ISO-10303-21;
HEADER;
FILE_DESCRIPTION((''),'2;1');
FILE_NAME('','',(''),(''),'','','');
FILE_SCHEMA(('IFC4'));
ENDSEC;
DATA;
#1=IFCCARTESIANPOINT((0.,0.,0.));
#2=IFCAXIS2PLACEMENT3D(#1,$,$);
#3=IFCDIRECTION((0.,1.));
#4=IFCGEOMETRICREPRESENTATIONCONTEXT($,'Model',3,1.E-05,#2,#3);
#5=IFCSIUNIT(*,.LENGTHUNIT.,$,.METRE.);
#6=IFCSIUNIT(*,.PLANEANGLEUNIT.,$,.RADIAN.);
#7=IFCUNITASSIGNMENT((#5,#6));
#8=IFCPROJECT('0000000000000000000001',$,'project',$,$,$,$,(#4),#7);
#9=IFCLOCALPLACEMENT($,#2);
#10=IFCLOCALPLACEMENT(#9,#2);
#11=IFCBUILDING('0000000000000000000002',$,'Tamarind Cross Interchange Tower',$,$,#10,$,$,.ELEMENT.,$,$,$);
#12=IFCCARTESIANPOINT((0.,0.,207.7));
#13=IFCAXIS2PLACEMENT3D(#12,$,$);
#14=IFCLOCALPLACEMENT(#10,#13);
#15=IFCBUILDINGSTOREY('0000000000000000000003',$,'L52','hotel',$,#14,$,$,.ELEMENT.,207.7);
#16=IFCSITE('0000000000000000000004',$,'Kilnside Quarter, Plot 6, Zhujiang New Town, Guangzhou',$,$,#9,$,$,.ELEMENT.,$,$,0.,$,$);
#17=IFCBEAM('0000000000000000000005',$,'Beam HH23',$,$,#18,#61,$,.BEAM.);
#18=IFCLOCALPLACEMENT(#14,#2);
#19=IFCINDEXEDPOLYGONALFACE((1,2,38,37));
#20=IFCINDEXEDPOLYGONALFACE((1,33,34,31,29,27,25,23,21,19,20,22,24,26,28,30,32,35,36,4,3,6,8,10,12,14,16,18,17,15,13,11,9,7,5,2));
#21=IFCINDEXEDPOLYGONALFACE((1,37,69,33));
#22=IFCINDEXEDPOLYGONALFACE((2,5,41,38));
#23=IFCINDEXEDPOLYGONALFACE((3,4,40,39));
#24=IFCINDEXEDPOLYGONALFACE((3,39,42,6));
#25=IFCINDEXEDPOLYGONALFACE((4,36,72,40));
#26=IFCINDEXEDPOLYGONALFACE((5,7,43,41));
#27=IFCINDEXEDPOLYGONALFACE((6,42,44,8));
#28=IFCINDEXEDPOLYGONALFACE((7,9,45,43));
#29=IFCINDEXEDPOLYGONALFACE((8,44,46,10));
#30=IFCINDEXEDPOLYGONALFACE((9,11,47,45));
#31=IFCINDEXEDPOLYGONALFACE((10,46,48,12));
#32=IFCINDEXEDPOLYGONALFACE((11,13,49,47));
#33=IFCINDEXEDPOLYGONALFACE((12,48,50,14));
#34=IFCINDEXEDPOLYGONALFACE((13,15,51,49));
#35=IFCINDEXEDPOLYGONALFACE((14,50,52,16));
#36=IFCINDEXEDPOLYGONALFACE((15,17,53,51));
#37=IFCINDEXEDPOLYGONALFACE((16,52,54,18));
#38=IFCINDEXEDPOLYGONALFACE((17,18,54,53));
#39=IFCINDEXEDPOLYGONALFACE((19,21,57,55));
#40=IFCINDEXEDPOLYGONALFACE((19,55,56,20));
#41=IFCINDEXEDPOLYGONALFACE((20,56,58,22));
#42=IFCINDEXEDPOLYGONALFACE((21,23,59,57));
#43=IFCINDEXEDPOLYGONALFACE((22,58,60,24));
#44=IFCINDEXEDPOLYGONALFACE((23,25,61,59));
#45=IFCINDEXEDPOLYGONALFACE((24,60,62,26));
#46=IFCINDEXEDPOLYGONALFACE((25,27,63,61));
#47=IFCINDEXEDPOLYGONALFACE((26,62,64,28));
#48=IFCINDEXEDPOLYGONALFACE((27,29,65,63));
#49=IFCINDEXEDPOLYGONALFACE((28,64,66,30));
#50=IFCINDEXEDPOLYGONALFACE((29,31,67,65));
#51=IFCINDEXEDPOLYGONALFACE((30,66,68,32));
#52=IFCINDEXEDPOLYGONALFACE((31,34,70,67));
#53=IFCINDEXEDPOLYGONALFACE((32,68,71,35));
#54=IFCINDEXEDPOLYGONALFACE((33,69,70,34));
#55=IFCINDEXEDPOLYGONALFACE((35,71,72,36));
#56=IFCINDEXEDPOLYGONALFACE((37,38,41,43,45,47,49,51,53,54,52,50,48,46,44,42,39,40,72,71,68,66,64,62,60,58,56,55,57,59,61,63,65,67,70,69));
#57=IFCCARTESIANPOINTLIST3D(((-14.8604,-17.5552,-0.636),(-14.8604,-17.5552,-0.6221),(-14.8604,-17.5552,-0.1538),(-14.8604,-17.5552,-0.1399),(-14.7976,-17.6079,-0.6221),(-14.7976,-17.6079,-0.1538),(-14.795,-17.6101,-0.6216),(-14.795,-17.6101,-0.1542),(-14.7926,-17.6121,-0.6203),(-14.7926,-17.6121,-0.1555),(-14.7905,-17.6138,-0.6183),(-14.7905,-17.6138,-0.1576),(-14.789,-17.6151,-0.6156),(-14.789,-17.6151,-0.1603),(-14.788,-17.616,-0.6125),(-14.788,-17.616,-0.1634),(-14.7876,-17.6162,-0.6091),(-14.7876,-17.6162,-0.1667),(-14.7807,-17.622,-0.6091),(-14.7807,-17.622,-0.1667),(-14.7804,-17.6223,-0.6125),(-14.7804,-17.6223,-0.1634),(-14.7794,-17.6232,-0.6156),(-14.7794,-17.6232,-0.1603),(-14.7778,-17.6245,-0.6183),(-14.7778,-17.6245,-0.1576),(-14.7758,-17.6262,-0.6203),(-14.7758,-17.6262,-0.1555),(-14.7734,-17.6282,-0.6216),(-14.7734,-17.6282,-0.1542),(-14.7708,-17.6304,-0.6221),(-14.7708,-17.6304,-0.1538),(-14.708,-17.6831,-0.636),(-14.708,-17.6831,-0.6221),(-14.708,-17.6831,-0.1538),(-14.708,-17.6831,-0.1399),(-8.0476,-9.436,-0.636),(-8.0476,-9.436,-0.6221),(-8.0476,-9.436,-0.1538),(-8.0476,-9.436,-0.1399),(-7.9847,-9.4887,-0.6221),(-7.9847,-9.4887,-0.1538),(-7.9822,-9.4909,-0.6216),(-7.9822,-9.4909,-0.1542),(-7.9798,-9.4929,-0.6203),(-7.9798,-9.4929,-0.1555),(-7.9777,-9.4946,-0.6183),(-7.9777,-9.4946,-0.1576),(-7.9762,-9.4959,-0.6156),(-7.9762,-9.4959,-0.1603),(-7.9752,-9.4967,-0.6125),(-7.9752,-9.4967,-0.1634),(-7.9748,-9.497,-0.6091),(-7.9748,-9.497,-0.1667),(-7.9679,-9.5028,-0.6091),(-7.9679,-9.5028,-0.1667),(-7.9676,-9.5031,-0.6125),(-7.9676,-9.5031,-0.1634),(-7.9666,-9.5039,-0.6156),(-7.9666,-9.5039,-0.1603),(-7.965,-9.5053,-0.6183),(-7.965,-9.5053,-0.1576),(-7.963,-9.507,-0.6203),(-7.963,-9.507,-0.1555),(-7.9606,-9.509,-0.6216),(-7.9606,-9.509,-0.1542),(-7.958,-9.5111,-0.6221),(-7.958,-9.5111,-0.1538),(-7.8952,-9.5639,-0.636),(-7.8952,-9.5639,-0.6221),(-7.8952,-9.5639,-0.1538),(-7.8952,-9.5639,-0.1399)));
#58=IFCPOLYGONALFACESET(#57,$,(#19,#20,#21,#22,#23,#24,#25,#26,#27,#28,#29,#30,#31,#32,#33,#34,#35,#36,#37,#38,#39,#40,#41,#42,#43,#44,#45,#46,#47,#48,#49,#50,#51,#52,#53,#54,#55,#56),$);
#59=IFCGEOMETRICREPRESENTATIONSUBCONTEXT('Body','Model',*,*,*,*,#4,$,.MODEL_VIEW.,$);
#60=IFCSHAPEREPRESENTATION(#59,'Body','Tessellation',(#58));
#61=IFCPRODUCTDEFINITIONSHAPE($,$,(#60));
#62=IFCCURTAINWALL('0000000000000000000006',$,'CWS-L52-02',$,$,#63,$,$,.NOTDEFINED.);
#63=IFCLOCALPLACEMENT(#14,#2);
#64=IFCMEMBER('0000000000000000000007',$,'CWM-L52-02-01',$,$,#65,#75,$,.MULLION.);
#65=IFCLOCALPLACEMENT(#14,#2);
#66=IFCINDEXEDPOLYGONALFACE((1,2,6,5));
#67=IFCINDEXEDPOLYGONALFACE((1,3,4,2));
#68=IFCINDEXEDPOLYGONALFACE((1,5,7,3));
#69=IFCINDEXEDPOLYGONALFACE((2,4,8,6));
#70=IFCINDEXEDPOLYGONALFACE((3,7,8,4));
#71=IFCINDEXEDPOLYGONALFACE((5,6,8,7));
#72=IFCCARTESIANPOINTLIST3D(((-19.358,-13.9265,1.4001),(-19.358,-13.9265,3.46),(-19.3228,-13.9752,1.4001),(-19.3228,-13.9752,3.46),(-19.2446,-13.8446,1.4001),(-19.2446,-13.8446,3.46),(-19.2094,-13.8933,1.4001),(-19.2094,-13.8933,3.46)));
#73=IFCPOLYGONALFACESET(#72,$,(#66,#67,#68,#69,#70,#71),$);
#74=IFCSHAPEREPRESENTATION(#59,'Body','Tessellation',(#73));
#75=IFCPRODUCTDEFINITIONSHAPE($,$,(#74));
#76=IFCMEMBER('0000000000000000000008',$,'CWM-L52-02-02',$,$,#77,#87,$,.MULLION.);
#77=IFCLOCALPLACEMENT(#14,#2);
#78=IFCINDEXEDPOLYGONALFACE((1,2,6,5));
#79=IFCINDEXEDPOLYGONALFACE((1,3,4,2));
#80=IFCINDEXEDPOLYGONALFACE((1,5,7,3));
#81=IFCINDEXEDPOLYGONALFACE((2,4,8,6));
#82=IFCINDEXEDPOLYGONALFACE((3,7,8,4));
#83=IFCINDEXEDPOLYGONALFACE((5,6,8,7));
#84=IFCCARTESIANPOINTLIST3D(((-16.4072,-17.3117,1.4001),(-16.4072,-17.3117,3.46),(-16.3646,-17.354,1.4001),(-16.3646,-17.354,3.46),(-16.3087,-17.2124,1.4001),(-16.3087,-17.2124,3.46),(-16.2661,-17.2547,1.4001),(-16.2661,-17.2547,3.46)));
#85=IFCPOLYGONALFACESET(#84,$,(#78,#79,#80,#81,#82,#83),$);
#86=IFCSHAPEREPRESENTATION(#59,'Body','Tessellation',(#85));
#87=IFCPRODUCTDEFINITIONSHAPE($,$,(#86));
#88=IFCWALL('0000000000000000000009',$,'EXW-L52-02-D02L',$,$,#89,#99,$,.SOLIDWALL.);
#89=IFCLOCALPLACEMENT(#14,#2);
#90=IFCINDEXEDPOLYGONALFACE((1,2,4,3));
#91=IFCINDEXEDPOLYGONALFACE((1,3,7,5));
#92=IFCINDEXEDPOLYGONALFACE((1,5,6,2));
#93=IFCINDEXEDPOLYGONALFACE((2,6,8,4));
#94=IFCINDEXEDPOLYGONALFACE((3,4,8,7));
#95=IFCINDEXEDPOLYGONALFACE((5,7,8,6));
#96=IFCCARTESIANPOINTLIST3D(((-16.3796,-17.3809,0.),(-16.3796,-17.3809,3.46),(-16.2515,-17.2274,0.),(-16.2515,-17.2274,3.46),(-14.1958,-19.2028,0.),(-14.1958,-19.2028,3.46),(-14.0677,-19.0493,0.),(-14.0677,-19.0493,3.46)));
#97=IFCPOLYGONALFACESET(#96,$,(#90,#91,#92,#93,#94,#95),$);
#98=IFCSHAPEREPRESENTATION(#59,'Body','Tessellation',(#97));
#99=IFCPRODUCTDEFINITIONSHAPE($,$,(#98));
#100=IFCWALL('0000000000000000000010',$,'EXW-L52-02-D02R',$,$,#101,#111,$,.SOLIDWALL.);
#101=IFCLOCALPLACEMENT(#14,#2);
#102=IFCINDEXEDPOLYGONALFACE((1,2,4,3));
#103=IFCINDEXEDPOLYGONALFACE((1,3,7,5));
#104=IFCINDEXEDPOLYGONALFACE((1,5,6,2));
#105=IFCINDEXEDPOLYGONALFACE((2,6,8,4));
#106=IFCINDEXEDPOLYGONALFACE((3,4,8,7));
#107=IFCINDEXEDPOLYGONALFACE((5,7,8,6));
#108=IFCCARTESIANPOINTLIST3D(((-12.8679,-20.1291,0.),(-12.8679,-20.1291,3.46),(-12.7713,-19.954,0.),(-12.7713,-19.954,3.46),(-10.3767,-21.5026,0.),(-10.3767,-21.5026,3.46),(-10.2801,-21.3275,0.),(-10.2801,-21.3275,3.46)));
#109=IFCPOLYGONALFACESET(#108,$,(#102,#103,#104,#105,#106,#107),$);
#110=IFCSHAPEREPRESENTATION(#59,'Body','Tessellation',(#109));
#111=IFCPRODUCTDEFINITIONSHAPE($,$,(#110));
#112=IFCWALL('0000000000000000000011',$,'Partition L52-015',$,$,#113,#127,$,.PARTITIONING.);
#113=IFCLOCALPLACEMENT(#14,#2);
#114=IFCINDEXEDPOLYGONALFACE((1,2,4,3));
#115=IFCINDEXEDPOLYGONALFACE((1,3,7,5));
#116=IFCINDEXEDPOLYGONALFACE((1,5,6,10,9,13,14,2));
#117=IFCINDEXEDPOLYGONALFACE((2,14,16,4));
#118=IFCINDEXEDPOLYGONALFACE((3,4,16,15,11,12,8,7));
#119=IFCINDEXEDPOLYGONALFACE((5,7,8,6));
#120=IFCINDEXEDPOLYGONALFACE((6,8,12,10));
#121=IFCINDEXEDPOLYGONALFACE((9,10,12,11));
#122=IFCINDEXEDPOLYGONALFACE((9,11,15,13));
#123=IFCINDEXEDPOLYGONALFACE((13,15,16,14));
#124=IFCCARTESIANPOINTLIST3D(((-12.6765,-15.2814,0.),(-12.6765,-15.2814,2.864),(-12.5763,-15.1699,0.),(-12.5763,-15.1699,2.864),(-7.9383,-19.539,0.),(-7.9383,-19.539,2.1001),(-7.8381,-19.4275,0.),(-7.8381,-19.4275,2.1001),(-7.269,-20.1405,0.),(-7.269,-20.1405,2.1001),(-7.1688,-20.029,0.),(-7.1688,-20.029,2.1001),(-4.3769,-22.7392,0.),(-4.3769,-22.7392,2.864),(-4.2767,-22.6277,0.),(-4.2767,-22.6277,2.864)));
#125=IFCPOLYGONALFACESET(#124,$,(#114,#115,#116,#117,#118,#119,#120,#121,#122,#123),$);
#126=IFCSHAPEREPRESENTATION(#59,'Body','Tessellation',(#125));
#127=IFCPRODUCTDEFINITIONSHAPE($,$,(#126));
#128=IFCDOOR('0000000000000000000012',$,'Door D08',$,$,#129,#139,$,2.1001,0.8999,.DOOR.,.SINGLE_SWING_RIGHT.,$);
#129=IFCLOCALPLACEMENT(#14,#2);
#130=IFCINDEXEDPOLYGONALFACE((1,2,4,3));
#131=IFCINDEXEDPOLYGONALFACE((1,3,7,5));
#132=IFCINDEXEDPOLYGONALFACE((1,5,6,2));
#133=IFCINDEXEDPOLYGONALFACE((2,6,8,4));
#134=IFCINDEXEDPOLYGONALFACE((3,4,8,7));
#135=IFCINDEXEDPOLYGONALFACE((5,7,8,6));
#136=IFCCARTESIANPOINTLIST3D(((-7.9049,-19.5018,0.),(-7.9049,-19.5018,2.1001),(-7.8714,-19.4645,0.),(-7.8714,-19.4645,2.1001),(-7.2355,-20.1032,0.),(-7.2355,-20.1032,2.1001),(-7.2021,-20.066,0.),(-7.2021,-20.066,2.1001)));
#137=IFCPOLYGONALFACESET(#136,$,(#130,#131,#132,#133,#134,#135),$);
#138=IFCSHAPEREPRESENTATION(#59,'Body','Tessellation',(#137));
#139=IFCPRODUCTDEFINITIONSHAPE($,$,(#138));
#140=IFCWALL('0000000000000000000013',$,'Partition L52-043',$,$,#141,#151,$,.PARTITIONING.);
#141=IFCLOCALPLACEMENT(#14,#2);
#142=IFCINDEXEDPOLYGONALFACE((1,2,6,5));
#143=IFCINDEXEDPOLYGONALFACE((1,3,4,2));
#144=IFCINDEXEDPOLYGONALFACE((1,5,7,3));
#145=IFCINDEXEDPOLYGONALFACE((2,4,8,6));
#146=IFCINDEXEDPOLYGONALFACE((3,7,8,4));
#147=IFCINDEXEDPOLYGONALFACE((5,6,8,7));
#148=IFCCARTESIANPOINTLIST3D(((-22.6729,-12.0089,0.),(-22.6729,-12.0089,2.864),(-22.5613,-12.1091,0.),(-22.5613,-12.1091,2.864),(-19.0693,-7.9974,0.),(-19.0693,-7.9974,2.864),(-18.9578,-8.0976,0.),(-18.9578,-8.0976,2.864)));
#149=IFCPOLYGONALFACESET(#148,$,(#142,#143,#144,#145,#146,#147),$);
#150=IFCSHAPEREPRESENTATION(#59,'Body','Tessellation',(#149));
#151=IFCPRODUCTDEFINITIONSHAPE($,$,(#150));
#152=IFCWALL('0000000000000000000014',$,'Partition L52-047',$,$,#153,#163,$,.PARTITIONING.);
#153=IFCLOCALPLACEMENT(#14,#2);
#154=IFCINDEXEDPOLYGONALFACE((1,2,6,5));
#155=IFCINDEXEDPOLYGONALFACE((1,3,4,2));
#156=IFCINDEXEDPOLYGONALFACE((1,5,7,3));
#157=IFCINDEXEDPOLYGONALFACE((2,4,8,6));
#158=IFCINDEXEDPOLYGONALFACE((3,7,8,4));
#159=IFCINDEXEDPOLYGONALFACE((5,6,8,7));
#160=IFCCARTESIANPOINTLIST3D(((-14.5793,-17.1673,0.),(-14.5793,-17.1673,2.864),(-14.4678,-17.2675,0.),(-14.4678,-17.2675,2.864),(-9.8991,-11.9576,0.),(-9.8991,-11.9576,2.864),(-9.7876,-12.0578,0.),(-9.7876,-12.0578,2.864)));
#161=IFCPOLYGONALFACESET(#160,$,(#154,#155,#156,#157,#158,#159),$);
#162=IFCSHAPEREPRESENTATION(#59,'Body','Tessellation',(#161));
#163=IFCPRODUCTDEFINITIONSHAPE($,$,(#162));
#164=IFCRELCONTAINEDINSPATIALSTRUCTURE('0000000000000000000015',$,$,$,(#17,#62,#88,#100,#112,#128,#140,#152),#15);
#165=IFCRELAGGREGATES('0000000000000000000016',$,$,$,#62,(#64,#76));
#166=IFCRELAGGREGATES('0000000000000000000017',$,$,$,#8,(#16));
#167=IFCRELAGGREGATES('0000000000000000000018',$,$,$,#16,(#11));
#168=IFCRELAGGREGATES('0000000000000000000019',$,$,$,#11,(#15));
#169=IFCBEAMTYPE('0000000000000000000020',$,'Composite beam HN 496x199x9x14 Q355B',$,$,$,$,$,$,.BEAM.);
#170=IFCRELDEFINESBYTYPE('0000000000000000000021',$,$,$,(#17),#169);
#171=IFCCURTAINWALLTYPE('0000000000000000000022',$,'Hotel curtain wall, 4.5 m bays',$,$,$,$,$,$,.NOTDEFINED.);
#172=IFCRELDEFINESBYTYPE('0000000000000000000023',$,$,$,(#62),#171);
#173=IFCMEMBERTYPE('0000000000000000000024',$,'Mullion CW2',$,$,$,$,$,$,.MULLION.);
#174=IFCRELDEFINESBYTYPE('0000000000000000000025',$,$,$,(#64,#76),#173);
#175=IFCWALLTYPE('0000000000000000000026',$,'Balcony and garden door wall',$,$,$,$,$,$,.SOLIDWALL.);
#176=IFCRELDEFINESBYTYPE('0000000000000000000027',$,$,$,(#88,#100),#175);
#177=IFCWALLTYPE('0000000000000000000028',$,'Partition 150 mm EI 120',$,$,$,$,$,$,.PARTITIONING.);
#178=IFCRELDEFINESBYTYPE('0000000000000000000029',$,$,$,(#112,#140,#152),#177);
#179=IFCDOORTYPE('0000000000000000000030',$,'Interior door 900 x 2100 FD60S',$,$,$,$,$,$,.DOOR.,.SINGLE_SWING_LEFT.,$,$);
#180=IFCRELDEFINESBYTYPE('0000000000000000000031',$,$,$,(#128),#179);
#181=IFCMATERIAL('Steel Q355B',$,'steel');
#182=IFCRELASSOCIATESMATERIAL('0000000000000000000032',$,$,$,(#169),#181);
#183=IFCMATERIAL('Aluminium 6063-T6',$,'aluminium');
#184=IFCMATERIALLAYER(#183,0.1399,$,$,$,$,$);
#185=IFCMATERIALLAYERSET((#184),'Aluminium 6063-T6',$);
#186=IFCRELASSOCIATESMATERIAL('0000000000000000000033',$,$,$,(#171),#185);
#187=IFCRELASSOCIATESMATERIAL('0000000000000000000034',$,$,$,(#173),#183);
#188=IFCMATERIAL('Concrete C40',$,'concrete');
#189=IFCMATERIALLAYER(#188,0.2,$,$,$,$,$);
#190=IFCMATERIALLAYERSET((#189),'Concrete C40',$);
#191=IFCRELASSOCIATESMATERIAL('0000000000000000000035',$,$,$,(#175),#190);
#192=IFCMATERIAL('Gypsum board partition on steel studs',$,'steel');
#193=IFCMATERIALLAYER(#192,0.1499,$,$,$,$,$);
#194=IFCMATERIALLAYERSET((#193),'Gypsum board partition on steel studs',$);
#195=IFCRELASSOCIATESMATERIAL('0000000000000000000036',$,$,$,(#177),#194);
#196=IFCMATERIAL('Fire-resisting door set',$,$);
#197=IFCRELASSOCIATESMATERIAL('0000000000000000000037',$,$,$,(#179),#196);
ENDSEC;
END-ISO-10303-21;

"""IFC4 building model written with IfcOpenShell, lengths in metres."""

from ifc_helpers import new_model, si_unit, direction, frame, frame_2d, origin, origin_2d, place, context, subcontext, project, spatial, rectangle, i_section, extrude, material, layer, layer_set, material_profile, profile_set, type_object, element, fill, aggregate, save


model = new_model("IFC4")

# Units and contexts
model_context = context("Model", 3, precision=1e-05, world=origin(), true_north=direction((0.0, 1.0)))
body_context = subcontext(model_context, "Body", "Model", "MODEL_VIEW")
ifc_project = project(units=[si_unit("LENGTHUNIT", "METRE"), si_unit("PLANEANGLEUNIT", "RADIAN")], contexts=[model_context])

# Site, building, storey
site_placement = place(None, origin())
site = spatial("IfcSite", under=ifc_project, at=site_placement, Name="Kilnside Quarter, Plot 6, Zhujiang New Town, Guangzhou", CompositionType="ELEMENT", RefElevation=0.0)
building_placement = place(site_placement, origin())
building = spatial("IfcBuilding", under=site, at=building_placement, Name="Tamarind Cross Interchange Tower", CompositionType="ELEMENT")
storey_placement = place(building_placement, frame((0.0, 0.0, 207.7)))
storey = spatial("IfcBuildingStorey", under=building, at=storey_placement, Name="L52", Description="hotel", CompositionType="ELEMENT", Elevation=207.7)

# Beam
ifc_material_1 = material(Name="Steel Q355B", Category="steel")
ifc_material_profile_1 = material_profile(ifc_material_1, i_section(OverallWidth=0.199, OverallDepth=0.4961, WebThickness=0.009, FlangeThickness=0.0139, FilletRadius=0.0129, at=origin_2d()), Name="HN 496x199x9x14")
ifc_profile_set_1 = profile_set([ifc_material_profile_1], Name="Steel Q355B")
beam_type = type_object("IfcBeamType", Name="Composite beam HN 496x199x9x14 Q355B", PredefinedType="BEAM", material=ifc_profile_set_1)
beam_1_placement = place(storey_placement, frame((-14.7842, -17.6191, -0.3879), z_axis=(0.642786, 0.766046, 0.0), x_axis=(-0.766046, 0.642786, 0.0)))
element("IfcBeam", 1, at=beam_1_placement, inside=storey, type_object=beam_type, Name="Beam HH23", PredefinedType="BEAM", context=body_context, shape_type="SweptSolid", body=[
    extrude(i_section(OverallWidth=0.199, OverallDepth=0.4961, WebThickness=0.009, FlangeThickness=0.0139, FilletRadius=0.0129, at=origin_2d()), origin(), (0.0, 0.0, 1.0), 10.5989),
])

# Curtain wall, members
ifc_material_2 = material(Name="Aluminium 6063-T6", Category="aluminium")
ifc_layer_1 = layer(ifc_material_2, 0.1399)
ifc_layer_set_1 = layer_set([ifc_layer_1], Name="Aluminium 6063-T6")
curtain_wall_type = type_object("IfcCurtainWallType", Name="Hotel curtain wall, 4.5 m bays", PredefinedType="NOTDEFINED", material=ifc_layer_set_1)
curtain_wall_placement = place(storey_placement, origin())
curtain_wall = element("IfcCurtainWall", 2, at=curtain_wall_placement, inside=storey, type_object=curtain_wall_type, Name="CWS-L52-02", PredefinedType="NOTDEFINED")
ifc_material_profile_2 = material_profile(ifc_material_2, rectangle(XDim=0.0601, YDim=0.1399, at=origin_2d()), Name="Mullion CW2")
ifc_profile_set_2 = profile_set([ifc_material_profile_2], Name="Aluminium 6063-T6")
member_type = type_object("IfcMemberType", Name="Mullion CW2", PredefinedType="MULLION", material=ifc_profile_set_2)
member_1_placement = place(storey_placement, frame((-19.2837, -13.9099, 1.4001), z_axis=(0.0, 0.0, 1.0), x_axis=(0.585801, -0.810455, 0.0)))
member_1 = element("IfcMember", 3, at=member_1_placement, type_object=member_type, Name="CWM-L52-02-01", PredefinedType="MULLION", context=body_context, shape_type="SweptSolid", body=[
    extrude(rectangle(XDim=0.0601, YDim=0.1399, at=origin_2d()), origin(), (0.0, 0.0, 1.0), 2.0598),
])
member_2_placement = place(storey_placement, frame((-16.3367, -17.2832, 1.4001), z_axis=(0.0, 0.0, 1.0), x_axis=(0.710143, -0.704057, 0.0)))
member_2 = element("IfcMember", 4, at=member_2_placement, type_object=member_type, Name="CWM-L52-02-02", PredefinedType="MULLION", context=body_context, shape_type="SweptSolid", body=[
    extrude(rectangle(XDim=0.0601, YDim=0.1399, at=origin_2d()), origin(), (0.0, 0.0, 1.0), 2.0598),
])
aggregate(curtain_wall, [member_1, member_2])

# Walls
ifc_material_3 = material(Name="Concrete C40", Category="concrete")
ifc_layer_2 = layer(ifc_material_3, 0.2)
ifc_layer_set_2 = layer_set([ifc_layer_2], Name="Concrete C40")
wall_type_1 = type_object("IfcWallType", Name="Balcony and garden door wall", PredefinedType="SOLIDWALL", material=ifc_layer_set_2)
wall_1_placement = place(storey_placement, frame((-16.3154, -17.3042, 0.0), z_axis=(0.0, 0.0, 1.0), x_axis=(0.767848, -0.640632, 0.0)))
element("IfcWall", 5, at=wall_1_placement, inside=storey, type_object=wall_type_1, Name="EXW-L52-02-D02L", PredefinedType="SOLIDWALL", context=body_context, shape_type="SweptSolid", body=[
    extrude(rectangle(XDim=2.844, YDim=0.2, at=frame_2d((1.4219, 0.0))), origin(), (0.0, 0.0, 1.0), 3.46),
])
wall_2_placement = place(storey_placement, frame((-12.8196, -20.0415, 0.0), z_axis=(0.0, 0.0, 1.0), x_axis=(0.875715, -0.482828, 0.0)))
element("IfcWall", 6, at=wall_2_placement, inside=storey, type_object=wall_type_1, Name="EXW-L52-02-D02R", PredefinedType="SOLIDWALL", context=body_context, shape_type="SweptSolid", body=[
    extrude(rectangle(XDim=2.8447, YDim=0.2, at=frame_2d((1.4224, 0.0))), origin(), (0.0, 0.0, 1.0), 3.46),
])

# Wall, opening, door
ifc_material_4 = material(Name="Gypsum board partition on steel studs", Category="steel")
ifc_layer_3 = layer(ifc_material_4, 0.1499)
ifc_layer_set_3 = layer_set([ifc_layer_3], Name="Gypsum board partition on steel studs")
wall_type_2 = type_object("IfcWallType", Name="Partition 150 mm EI 120", PredefinedType="PARTITIONING", material=ifc_layer_set_3)
wall_3_placement = place(storey_placement, frame((-12.6265, -15.2256, 0.0), z_axis=(0.0, 0.0, 1.0), x_axis=(0.743822, -0.668378, 0.0)))
wall_3 = element("IfcWall", 7, at=wall_3_placement, inside=storey, type_object=wall_type_2, Name="Partition L52-015", PredefinedType="PARTITIONING", context=body_context, shape_type="SweptSolid", body=[
    extrude(rectangle(XDim=11.158, YDim=0.1499, at=frame_2d((5.5791, 0.0))), origin(), (0.0, 0.0, 1.0), 2.864),
])
opening_1_placement = place(wall_3_placement, frame((6.3701, 0.0, 0.0)))
opening_1 = element("IfcOpeningElement", 8, at=opening_1_placement, cuts=wall_3, PredefinedType="OPENING", context=body_context, shape_type="SweptSolid", body=[
    extrude(rectangle(XDim=0.8999, YDim=2.1001, at=frame_2d((0.45, 1.05))), frame((0.0, 0.085, 0.0), z_axis=(0.0, -1.0, 0.0), x_axis=(1.0, 0.0, 0.0)), (0.0, 0.0, 1.0), 0.1699),
])
ifc_material_5 = material(Name="Fire-resisting door set")
door_type_1 = type_object("IfcDoorType", Name="Interior door 900 x 2100 FD60S", OperationType="SINGLE_SWING_LEFT", PredefinedType="DOOR", material=ifc_material_5)
door_1_placement = place(opening_1_placement, frame((0.8999, 0.0, 0.0), z_axis=(0.0, 0.0, 1.0), x_axis=(-1.0, 0.0, 0.0)))
door_1 = element("IfcDoor", 9, at=door_1_placement, inside=storey, type_object=door_type_1, Name="Door D08", OperationType="SINGLE_SWING_RIGHT", OverallHeight=2.1001, OverallWidth=0.8999, PredefinedType="DOOR", context=body_context, shape_type="SweptSolid", body=[
    extrude(rectangle(XDim=0.8999, YDim=2.1001, at=frame_2d((0.45, 1.05))), frame((0.0, 0.0249, 0.0), z_axis=(0.0, -1.0, 0.0), x_axis=(1.0, 0.0, 0.0)), (0.0, 0.0, 1.0), 0.05),
])
fill(opening_1, door_1)

# Walls
wall_4_placement = place(storey_placement, frame((-22.6172, -12.0591, 0.0), z_axis=(0.0, 0.0, 1.0), x_axis=(0.668267, 0.743922, 0.0)))
element("IfcWall", 10, at=wall_4_placement, inside=storey, type_object=wall_type_2, Name="Partition L52-043", PredefinedType="PARTITIONING", context=body_context, shape_type="SweptSolid", body=[
    extrude(rectangle(XDim=5.3923, YDim=0.1499, at=frame_2d((2.6963, 0.0))), origin(), (0.0, 0.0, 1.0), 2.864),
])
wall_5_placement = place(storey_placement, frame((-14.5234, -17.2173, 0.0), z_axis=(0.0, 0.0, 1.0), x_axis=(0.668288, 0.743902, 0.0)))
element("IfcWall", 11, at=wall_5_placement, inside=storey, type_object=wall_type_2, Name="Partition L52-047", PredefinedType="PARTITIONING", context=body_context, shape_type="SweptSolid", body=[
    extrude(rectangle(XDim=7.0032, YDim=0.1499, at=frame_2d((3.5015, 0.0))), origin(), (0.0, 0.0, 1.0), 2.864),
])

save(model, "model.ifc")
